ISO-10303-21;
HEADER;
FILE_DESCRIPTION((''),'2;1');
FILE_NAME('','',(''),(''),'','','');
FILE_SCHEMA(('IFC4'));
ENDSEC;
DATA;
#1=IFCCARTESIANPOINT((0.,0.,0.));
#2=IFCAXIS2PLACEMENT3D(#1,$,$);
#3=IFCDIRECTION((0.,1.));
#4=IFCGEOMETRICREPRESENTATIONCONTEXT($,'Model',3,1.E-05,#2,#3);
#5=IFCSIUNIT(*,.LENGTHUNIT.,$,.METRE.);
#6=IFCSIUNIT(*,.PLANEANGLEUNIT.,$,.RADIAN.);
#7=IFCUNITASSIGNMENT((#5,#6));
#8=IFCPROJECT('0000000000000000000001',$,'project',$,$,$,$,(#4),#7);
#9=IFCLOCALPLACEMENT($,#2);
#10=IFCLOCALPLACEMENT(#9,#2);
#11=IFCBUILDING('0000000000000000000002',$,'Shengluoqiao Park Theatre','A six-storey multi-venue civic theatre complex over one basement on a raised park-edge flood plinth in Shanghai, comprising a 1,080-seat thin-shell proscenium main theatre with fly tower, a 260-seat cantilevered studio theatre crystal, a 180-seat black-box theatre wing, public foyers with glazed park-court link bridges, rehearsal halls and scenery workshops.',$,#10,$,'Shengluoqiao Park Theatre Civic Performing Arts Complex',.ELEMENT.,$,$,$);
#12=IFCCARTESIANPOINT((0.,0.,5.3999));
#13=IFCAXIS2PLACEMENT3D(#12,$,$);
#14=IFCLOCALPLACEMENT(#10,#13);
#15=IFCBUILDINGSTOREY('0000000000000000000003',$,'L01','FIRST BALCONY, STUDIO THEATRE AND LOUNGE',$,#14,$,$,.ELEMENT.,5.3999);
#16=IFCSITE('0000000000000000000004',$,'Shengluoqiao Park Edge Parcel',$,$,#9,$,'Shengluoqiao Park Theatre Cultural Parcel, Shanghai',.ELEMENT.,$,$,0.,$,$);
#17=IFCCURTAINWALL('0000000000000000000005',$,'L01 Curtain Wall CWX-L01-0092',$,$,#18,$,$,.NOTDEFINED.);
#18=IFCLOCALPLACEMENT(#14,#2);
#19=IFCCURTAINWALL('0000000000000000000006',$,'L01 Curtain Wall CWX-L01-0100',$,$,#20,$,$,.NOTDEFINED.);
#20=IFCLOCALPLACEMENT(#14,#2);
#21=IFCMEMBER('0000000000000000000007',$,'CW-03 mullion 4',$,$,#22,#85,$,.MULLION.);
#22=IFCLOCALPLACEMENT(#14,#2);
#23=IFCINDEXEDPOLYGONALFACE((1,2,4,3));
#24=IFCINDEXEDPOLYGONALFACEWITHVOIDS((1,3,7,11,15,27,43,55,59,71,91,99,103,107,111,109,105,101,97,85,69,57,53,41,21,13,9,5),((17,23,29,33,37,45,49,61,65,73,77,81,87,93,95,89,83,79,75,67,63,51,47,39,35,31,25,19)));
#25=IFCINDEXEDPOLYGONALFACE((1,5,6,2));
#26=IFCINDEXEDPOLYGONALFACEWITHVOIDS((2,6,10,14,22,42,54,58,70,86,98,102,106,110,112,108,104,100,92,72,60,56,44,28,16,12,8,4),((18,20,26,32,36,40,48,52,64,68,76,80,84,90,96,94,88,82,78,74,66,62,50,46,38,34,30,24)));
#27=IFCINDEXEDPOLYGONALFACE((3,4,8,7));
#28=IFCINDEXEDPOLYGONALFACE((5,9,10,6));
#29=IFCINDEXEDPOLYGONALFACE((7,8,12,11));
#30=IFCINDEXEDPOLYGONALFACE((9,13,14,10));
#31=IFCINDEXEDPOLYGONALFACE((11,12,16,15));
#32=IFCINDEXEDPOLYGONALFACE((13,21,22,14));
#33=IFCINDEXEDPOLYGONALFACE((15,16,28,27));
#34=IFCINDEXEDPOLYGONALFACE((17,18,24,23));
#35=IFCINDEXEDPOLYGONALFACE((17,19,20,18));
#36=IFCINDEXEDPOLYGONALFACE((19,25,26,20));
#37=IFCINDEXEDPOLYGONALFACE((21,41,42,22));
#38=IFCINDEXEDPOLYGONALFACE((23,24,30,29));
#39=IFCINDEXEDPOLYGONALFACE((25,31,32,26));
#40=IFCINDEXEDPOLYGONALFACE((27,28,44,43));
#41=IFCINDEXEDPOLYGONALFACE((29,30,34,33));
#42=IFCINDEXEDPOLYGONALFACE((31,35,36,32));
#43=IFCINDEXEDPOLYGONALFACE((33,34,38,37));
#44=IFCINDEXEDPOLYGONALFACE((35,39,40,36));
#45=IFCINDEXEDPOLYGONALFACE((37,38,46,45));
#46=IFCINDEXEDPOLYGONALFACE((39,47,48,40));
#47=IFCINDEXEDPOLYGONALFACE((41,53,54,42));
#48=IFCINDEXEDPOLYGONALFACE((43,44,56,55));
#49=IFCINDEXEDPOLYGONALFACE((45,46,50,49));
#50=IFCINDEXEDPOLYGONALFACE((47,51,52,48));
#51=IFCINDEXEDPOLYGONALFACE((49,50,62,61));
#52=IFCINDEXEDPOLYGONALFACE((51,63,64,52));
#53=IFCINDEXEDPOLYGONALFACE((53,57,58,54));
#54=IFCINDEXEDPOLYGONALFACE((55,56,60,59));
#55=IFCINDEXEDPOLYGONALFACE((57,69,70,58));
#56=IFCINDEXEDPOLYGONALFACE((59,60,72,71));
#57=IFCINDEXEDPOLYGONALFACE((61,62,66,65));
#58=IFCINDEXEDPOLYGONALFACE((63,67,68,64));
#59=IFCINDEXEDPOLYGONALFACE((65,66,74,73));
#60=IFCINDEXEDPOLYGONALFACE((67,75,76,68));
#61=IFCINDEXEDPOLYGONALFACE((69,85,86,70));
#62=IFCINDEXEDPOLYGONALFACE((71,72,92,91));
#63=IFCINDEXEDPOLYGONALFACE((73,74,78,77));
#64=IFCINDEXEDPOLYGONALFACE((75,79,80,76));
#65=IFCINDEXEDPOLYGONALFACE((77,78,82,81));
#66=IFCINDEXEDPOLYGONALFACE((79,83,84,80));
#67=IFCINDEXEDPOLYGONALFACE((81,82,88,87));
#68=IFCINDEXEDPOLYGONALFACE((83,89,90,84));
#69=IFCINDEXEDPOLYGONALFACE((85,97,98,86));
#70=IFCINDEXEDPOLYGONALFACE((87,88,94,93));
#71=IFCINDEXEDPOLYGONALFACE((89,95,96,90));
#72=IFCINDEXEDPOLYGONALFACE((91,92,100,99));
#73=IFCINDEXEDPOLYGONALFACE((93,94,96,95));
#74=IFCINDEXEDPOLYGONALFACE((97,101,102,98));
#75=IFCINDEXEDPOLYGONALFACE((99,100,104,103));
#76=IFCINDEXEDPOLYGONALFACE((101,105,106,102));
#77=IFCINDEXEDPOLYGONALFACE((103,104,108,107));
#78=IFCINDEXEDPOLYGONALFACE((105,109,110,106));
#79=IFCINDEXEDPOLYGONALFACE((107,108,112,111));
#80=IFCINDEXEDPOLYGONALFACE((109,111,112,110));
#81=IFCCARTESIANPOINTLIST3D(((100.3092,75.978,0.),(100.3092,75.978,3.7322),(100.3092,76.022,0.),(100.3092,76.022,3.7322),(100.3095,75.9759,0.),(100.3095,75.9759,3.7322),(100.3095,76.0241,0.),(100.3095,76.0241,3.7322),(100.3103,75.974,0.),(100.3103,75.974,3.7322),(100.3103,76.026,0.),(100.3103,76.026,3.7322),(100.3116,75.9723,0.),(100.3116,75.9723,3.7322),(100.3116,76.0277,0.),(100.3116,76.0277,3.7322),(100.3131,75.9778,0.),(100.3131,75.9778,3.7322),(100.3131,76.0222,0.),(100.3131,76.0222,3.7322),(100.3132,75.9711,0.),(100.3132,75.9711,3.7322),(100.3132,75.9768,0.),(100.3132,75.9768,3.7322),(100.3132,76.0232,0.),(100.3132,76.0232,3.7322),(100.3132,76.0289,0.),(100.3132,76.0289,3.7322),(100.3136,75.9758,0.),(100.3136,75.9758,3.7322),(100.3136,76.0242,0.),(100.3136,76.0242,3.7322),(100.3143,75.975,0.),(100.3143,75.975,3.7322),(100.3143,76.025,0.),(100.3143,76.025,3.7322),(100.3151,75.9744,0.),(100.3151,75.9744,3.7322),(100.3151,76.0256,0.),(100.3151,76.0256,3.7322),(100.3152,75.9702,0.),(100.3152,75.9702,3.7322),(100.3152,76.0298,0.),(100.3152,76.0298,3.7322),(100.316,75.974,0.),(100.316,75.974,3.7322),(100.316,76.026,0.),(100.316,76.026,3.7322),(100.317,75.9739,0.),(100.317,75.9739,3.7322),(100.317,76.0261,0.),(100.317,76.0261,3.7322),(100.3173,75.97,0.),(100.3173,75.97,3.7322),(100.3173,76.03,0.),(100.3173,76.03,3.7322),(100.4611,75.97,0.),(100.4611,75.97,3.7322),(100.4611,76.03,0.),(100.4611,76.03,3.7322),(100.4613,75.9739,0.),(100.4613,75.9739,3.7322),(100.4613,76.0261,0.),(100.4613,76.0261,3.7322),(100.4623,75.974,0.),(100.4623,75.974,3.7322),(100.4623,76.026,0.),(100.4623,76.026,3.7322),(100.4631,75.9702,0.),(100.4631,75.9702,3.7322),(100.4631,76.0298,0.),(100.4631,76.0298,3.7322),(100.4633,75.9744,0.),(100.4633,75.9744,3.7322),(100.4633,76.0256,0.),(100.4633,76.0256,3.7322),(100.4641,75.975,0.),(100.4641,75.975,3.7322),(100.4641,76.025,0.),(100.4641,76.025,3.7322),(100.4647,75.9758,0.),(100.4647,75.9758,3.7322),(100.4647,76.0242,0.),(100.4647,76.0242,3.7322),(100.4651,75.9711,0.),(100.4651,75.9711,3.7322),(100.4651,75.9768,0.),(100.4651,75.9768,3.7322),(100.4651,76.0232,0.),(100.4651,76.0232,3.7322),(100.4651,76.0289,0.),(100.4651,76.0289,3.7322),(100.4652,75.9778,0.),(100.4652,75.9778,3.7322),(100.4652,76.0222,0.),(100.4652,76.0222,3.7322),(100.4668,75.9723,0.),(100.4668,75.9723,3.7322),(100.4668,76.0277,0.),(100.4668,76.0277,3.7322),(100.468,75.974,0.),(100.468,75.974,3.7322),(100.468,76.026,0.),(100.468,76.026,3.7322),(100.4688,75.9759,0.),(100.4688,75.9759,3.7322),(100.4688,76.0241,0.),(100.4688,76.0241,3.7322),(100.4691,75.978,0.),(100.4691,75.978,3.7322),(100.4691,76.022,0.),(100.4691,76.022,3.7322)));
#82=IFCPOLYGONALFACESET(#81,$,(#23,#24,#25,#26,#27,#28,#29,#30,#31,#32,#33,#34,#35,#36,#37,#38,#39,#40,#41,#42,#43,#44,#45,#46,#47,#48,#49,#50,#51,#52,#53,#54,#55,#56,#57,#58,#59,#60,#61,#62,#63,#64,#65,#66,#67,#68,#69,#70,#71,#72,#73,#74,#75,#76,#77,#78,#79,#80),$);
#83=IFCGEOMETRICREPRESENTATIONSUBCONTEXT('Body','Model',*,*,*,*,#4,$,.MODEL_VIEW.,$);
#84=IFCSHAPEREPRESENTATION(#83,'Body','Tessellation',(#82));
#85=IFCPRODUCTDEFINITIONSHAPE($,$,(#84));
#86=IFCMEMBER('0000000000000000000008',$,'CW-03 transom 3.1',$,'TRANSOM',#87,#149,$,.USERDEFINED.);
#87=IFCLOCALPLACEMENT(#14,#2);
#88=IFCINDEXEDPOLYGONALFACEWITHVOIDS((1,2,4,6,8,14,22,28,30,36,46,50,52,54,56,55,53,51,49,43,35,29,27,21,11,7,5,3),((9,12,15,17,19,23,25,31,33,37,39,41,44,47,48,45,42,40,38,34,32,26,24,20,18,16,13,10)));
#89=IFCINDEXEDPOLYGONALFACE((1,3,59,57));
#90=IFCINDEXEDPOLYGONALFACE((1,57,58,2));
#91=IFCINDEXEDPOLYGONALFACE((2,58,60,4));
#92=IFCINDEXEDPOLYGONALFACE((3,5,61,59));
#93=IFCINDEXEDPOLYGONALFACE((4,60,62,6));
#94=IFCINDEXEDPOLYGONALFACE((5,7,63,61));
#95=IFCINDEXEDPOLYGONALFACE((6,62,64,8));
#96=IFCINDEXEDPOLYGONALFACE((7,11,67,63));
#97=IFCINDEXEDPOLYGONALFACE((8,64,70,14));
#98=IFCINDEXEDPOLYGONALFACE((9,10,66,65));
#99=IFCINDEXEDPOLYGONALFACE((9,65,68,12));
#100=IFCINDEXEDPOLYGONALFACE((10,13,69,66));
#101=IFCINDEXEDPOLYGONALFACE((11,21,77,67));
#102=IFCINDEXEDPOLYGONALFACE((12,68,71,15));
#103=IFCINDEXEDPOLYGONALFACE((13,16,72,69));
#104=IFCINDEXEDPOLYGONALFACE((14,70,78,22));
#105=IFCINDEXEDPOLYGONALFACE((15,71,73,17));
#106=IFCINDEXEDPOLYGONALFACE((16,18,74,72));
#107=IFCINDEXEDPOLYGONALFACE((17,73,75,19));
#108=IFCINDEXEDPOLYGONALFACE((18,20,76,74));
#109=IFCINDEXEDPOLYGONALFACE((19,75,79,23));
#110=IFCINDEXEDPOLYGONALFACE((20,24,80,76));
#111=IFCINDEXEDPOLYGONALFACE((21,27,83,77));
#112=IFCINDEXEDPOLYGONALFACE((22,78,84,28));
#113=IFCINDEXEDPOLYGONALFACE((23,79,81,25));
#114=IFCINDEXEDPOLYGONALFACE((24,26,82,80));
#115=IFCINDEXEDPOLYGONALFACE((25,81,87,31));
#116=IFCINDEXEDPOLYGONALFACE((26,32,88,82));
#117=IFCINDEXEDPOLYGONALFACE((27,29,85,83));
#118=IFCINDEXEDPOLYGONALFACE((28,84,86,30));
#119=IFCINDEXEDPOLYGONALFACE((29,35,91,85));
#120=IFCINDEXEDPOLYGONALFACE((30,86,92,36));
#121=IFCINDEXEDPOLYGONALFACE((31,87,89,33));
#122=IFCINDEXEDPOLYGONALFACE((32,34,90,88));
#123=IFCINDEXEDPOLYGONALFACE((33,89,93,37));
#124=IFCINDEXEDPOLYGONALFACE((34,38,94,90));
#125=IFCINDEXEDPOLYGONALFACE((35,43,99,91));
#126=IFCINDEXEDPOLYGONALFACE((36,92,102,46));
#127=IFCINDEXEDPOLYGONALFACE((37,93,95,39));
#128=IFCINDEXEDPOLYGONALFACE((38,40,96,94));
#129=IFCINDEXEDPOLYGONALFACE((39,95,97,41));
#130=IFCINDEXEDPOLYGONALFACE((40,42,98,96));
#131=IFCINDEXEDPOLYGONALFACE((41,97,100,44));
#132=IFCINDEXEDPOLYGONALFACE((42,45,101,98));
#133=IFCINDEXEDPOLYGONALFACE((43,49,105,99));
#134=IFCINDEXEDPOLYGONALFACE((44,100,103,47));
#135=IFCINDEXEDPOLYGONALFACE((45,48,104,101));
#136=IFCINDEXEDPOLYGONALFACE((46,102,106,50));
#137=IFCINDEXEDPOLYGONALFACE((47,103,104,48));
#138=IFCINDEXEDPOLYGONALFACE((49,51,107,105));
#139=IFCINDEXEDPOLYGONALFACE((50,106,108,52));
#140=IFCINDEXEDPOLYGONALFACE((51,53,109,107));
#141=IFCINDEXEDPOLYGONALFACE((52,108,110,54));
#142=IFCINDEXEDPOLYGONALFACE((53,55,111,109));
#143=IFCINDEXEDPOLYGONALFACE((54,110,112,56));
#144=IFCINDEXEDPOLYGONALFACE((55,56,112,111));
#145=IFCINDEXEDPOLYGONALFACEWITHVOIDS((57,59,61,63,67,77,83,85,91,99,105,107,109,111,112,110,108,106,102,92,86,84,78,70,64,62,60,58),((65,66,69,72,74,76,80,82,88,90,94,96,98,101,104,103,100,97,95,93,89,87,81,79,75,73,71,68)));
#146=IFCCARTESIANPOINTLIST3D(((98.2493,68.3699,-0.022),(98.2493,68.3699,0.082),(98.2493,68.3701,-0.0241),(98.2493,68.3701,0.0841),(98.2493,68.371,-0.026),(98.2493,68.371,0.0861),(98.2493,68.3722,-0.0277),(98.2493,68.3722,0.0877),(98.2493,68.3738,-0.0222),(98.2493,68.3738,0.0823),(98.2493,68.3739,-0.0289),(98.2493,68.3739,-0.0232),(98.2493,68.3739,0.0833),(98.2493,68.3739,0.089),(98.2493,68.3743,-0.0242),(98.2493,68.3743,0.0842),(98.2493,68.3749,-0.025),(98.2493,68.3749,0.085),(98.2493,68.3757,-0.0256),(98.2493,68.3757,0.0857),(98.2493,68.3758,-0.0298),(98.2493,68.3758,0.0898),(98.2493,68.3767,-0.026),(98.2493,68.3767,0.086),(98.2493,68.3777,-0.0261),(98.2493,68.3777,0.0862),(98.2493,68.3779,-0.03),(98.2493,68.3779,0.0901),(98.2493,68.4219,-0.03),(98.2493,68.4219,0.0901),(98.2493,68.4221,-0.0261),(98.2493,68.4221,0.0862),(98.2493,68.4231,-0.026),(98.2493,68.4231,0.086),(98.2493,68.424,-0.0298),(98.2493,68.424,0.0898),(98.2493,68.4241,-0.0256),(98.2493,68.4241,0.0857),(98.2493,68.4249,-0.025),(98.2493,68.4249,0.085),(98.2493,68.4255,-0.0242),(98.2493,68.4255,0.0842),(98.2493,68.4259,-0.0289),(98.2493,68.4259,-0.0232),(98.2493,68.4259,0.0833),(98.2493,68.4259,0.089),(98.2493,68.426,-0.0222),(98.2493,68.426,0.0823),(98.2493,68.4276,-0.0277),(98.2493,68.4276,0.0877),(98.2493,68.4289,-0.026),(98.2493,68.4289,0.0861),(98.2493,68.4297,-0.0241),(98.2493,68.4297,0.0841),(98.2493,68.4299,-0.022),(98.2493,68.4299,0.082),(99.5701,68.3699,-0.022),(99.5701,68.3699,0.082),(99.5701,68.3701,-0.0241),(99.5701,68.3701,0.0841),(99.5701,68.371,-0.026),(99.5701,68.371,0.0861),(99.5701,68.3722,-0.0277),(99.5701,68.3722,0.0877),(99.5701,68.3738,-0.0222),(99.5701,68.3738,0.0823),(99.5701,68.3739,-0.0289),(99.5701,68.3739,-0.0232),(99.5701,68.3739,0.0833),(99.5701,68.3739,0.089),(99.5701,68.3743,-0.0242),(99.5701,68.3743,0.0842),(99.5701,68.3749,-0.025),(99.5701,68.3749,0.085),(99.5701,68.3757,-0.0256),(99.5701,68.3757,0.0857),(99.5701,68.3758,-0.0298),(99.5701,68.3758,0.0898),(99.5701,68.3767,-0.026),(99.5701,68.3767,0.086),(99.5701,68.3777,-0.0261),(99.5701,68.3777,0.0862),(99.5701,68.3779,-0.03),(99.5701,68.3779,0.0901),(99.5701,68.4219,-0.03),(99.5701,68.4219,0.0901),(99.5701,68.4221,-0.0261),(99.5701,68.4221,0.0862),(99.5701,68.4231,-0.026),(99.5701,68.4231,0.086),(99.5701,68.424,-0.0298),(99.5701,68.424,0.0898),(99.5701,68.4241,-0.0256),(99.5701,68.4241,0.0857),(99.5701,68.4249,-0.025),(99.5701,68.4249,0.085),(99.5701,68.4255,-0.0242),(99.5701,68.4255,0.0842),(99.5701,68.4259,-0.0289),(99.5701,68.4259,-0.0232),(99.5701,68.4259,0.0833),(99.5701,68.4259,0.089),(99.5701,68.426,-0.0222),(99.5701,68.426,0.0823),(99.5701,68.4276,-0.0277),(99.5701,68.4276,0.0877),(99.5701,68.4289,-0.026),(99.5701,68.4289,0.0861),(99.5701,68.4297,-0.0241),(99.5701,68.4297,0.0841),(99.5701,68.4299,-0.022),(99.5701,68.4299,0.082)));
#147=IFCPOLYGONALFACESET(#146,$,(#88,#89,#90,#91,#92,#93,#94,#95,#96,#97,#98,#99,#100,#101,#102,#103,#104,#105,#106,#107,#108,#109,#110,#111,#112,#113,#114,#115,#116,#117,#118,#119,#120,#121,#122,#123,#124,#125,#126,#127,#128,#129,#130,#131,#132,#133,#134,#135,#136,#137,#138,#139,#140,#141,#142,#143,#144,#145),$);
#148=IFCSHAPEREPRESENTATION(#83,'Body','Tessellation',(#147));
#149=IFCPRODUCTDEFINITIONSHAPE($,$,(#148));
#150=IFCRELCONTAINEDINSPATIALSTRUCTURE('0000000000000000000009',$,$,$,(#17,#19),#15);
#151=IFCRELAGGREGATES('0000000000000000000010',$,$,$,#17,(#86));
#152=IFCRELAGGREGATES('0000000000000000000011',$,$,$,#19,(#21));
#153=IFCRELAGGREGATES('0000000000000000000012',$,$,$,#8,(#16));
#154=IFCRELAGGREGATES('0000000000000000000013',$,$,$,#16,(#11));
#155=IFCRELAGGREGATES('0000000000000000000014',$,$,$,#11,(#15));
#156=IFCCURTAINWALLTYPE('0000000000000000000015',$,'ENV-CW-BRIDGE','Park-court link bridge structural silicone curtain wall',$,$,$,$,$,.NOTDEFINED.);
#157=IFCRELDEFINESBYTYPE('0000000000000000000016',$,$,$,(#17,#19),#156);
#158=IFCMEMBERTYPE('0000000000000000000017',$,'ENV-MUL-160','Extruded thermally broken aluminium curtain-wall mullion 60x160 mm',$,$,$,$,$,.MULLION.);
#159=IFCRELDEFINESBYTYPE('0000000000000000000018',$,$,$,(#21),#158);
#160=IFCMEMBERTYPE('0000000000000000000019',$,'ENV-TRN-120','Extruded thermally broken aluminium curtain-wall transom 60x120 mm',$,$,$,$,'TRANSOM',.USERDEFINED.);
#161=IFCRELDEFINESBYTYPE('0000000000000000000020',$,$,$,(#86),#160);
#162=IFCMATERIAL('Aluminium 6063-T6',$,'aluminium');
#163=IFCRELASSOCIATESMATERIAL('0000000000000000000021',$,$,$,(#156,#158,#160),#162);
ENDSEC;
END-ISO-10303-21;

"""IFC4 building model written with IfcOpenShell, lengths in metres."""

from ifc_helpers import new_model, si_unit, direction, frame, origin, origin_2d, place, context, subcontext, project, spatial, hollow_rectangle, extrude, material, material_profile, profile_set, type_object, element, aggregate, save


model = new_model("IFC4")

# Units and contexts
model_context = context("Model", 3, precision=1e-05, world=origin(), true_north=direction((0.0, 1.0)))
body_context = subcontext(model_context, "Body", "Model", "MODEL_VIEW")
ifc_project = project(units=[si_unit("LENGTHUNIT", "METRE"), si_unit("PLANEANGLEUNIT", "RADIAN")], contexts=[model_context])

# Site, building, storey
site_placement = place(None, origin())
site = spatial("IfcSite", under=ifc_project, at=site_placement, Name="Shengluoqiao Park Edge Parcel", LongName="Shengluoqiao Park Theatre Cultural Parcel, Shanghai", CompositionType="ELEMENT", RefElevation=0.0)
building_placement = place(site_placement, origin())
building = spatial("IfcBuilding", under=site, at=building_placement, Name="Shengluoqiao Park Theatre", Description="A six-storey multi-venue civic theatre complex over one basement on a raised park-edge flood plinth in Shanghai, comprising a 1,080-seat thin-shell proscenium main theatre with fly tower, a 260-seat cantilevered studio theatre crystal, a 180-seat black-box theatre wing, public foyers with glazed park-court link bridges, rehearsal halls and scenery workshops.", LongName="Shengluoqiao Park Theatre Civic Performing Arts Complex", CompositionType="ELEMENT")
storey_placement = place(building_placement, frame((0.0, 0.0, 5.3999)))
storey = spatial("IfcBuildingStorey", under=building, at=storey_placement, Name="L01", Description="FIRST BALCONY, STUDIO THEATRE AND LOUNGE", CompositionType="ELEMENT", Elevation=5.3999)

# Curtain walls, member
ifc_material_1 = material(Name="Aluminium 6063-T6", Category="aluminium")
curtain_wall_type = type_object("IfcCurtainWallType", Name="ENV-CW-BRIDGE", Description="Park-court link bridge structural silicone curtain wall", PredefinedType="NOTDEFINED", material=ifc_material_1)
curtain_wall_1_placement = place(storey_placement, origin())
curtain_wall_1 = element("IfcCurtainWall", 1, at=curtain_wall_1_placement, inside=storey, type_object=curtain_wall_type, Name="L01 Curtain Wall CWX-L01-0092", PredefinedType="NOTDEFINED")
ifc_material_profile_1 = material_profile(ifc_material_1, hollow_rectangle(XDim=0.0601, YDim=0.1599, WallThickness=0.0039, InnerFilletRadius=0.0039, OuterFilletRadius=0.0081, at=origin_2d()), Name="ALU MULLION 160x60x4")
ifc_profile_set_1 = profile_set([ifc_material_profile_1], Name="Aluminium 6063-T6")
member_type_1 = type_object("IfcMemberType", Name="ENV-MUL-160", Description="Extruded thermally broken aluminium curtain-wall mullion 60x160 mm", PredefinedType="MULLION", material=ifc_profile_set_1)
curtain_wall_2_placement = place(storey_placement, origin())
curtain_wall_2 = element("IfcCurtainWall", 2, at=curtain_wall_2_placement, inside=storey, type_object=curtain_wall_type, Name="L01 Curtain Wall CWX-L01-0100", PredefinedType="NOTDEFINED")
member_1_placement = place(storey_placement, frame((100.3892, 76.0, 0.0), z_axis=(0.0, 0.0, 1.0), x_axis=(0.0, 1.0, 0.0)))
member_1 = element("IfcMember", 3, at=member_1_placement, type_object=member_type_1, Name="CW-03 mullion 4", PredefinedType="MULLION", context=body_context, shape_type="SweptSolid", body=[
    extrude(hollow_rectangle(XDim=0.0601, YDim=0.1599, WallThickness=0.0039, InnerFilletRadius=0.0039, OuterFilletRadius=0.0081, at=origin_2d()), origin(), (0.0, 0.0, 1.0), 3.7322),
])

# Member
ifc_material_profile_2 = material_profile(ifc_material_1, hollow_rectangle(XDim=0.0601, YDim=0.1201, WallThickness=0.0039, InnerFilletRadius=0.0039, OuterFilletRadius=0.0081, at=origin_2d()), Name="ALU TRANSOM 120x60x4")
ifc_profile_set_2 = profile_set([ifc_material_profile_2], Name="Aluminium 6063-T6")
member_type_2 = type_object("IfcMemberType", Name="ENV-TRN-120", Description="Extruded thermally broken aluminium curtain-wall transom 60x120 mm", ElementType="TRANSOM", PredefinedType="USERDEFINED", material=ifc_profile_set_2)
member_2_placement = place(storey_placement, frame((98.2493, 68.3999, 0.03), z_axis=(1.0, 0.0, 0.0), x_axis=(0.0, 1.0, 0.0)))
member_2 = element("IfcMember", 4, at=member_2_placement, type_object=member_type_2, Name="CW-03 transom 3.1", ObjectType="TRANSOM", PredefinedType="USERDEFINED", context=body_context, shape_type="SweptSolid", body=[
    extrude(hollow_rectangle(XDim=0.0601, YDim=0.1201, WallThickness=0.0039, InnerFilletRadius=0.0039, OuterFilletRadius=0.0081, at=origin_2d()), origin(), (0.0, 0.0, 1.0), 1.3208),
])

aggregate(curtain_wall_1, [member_2])
aggregate(curtain_wall_2, [member_1])

save(model, "model.ifc")
